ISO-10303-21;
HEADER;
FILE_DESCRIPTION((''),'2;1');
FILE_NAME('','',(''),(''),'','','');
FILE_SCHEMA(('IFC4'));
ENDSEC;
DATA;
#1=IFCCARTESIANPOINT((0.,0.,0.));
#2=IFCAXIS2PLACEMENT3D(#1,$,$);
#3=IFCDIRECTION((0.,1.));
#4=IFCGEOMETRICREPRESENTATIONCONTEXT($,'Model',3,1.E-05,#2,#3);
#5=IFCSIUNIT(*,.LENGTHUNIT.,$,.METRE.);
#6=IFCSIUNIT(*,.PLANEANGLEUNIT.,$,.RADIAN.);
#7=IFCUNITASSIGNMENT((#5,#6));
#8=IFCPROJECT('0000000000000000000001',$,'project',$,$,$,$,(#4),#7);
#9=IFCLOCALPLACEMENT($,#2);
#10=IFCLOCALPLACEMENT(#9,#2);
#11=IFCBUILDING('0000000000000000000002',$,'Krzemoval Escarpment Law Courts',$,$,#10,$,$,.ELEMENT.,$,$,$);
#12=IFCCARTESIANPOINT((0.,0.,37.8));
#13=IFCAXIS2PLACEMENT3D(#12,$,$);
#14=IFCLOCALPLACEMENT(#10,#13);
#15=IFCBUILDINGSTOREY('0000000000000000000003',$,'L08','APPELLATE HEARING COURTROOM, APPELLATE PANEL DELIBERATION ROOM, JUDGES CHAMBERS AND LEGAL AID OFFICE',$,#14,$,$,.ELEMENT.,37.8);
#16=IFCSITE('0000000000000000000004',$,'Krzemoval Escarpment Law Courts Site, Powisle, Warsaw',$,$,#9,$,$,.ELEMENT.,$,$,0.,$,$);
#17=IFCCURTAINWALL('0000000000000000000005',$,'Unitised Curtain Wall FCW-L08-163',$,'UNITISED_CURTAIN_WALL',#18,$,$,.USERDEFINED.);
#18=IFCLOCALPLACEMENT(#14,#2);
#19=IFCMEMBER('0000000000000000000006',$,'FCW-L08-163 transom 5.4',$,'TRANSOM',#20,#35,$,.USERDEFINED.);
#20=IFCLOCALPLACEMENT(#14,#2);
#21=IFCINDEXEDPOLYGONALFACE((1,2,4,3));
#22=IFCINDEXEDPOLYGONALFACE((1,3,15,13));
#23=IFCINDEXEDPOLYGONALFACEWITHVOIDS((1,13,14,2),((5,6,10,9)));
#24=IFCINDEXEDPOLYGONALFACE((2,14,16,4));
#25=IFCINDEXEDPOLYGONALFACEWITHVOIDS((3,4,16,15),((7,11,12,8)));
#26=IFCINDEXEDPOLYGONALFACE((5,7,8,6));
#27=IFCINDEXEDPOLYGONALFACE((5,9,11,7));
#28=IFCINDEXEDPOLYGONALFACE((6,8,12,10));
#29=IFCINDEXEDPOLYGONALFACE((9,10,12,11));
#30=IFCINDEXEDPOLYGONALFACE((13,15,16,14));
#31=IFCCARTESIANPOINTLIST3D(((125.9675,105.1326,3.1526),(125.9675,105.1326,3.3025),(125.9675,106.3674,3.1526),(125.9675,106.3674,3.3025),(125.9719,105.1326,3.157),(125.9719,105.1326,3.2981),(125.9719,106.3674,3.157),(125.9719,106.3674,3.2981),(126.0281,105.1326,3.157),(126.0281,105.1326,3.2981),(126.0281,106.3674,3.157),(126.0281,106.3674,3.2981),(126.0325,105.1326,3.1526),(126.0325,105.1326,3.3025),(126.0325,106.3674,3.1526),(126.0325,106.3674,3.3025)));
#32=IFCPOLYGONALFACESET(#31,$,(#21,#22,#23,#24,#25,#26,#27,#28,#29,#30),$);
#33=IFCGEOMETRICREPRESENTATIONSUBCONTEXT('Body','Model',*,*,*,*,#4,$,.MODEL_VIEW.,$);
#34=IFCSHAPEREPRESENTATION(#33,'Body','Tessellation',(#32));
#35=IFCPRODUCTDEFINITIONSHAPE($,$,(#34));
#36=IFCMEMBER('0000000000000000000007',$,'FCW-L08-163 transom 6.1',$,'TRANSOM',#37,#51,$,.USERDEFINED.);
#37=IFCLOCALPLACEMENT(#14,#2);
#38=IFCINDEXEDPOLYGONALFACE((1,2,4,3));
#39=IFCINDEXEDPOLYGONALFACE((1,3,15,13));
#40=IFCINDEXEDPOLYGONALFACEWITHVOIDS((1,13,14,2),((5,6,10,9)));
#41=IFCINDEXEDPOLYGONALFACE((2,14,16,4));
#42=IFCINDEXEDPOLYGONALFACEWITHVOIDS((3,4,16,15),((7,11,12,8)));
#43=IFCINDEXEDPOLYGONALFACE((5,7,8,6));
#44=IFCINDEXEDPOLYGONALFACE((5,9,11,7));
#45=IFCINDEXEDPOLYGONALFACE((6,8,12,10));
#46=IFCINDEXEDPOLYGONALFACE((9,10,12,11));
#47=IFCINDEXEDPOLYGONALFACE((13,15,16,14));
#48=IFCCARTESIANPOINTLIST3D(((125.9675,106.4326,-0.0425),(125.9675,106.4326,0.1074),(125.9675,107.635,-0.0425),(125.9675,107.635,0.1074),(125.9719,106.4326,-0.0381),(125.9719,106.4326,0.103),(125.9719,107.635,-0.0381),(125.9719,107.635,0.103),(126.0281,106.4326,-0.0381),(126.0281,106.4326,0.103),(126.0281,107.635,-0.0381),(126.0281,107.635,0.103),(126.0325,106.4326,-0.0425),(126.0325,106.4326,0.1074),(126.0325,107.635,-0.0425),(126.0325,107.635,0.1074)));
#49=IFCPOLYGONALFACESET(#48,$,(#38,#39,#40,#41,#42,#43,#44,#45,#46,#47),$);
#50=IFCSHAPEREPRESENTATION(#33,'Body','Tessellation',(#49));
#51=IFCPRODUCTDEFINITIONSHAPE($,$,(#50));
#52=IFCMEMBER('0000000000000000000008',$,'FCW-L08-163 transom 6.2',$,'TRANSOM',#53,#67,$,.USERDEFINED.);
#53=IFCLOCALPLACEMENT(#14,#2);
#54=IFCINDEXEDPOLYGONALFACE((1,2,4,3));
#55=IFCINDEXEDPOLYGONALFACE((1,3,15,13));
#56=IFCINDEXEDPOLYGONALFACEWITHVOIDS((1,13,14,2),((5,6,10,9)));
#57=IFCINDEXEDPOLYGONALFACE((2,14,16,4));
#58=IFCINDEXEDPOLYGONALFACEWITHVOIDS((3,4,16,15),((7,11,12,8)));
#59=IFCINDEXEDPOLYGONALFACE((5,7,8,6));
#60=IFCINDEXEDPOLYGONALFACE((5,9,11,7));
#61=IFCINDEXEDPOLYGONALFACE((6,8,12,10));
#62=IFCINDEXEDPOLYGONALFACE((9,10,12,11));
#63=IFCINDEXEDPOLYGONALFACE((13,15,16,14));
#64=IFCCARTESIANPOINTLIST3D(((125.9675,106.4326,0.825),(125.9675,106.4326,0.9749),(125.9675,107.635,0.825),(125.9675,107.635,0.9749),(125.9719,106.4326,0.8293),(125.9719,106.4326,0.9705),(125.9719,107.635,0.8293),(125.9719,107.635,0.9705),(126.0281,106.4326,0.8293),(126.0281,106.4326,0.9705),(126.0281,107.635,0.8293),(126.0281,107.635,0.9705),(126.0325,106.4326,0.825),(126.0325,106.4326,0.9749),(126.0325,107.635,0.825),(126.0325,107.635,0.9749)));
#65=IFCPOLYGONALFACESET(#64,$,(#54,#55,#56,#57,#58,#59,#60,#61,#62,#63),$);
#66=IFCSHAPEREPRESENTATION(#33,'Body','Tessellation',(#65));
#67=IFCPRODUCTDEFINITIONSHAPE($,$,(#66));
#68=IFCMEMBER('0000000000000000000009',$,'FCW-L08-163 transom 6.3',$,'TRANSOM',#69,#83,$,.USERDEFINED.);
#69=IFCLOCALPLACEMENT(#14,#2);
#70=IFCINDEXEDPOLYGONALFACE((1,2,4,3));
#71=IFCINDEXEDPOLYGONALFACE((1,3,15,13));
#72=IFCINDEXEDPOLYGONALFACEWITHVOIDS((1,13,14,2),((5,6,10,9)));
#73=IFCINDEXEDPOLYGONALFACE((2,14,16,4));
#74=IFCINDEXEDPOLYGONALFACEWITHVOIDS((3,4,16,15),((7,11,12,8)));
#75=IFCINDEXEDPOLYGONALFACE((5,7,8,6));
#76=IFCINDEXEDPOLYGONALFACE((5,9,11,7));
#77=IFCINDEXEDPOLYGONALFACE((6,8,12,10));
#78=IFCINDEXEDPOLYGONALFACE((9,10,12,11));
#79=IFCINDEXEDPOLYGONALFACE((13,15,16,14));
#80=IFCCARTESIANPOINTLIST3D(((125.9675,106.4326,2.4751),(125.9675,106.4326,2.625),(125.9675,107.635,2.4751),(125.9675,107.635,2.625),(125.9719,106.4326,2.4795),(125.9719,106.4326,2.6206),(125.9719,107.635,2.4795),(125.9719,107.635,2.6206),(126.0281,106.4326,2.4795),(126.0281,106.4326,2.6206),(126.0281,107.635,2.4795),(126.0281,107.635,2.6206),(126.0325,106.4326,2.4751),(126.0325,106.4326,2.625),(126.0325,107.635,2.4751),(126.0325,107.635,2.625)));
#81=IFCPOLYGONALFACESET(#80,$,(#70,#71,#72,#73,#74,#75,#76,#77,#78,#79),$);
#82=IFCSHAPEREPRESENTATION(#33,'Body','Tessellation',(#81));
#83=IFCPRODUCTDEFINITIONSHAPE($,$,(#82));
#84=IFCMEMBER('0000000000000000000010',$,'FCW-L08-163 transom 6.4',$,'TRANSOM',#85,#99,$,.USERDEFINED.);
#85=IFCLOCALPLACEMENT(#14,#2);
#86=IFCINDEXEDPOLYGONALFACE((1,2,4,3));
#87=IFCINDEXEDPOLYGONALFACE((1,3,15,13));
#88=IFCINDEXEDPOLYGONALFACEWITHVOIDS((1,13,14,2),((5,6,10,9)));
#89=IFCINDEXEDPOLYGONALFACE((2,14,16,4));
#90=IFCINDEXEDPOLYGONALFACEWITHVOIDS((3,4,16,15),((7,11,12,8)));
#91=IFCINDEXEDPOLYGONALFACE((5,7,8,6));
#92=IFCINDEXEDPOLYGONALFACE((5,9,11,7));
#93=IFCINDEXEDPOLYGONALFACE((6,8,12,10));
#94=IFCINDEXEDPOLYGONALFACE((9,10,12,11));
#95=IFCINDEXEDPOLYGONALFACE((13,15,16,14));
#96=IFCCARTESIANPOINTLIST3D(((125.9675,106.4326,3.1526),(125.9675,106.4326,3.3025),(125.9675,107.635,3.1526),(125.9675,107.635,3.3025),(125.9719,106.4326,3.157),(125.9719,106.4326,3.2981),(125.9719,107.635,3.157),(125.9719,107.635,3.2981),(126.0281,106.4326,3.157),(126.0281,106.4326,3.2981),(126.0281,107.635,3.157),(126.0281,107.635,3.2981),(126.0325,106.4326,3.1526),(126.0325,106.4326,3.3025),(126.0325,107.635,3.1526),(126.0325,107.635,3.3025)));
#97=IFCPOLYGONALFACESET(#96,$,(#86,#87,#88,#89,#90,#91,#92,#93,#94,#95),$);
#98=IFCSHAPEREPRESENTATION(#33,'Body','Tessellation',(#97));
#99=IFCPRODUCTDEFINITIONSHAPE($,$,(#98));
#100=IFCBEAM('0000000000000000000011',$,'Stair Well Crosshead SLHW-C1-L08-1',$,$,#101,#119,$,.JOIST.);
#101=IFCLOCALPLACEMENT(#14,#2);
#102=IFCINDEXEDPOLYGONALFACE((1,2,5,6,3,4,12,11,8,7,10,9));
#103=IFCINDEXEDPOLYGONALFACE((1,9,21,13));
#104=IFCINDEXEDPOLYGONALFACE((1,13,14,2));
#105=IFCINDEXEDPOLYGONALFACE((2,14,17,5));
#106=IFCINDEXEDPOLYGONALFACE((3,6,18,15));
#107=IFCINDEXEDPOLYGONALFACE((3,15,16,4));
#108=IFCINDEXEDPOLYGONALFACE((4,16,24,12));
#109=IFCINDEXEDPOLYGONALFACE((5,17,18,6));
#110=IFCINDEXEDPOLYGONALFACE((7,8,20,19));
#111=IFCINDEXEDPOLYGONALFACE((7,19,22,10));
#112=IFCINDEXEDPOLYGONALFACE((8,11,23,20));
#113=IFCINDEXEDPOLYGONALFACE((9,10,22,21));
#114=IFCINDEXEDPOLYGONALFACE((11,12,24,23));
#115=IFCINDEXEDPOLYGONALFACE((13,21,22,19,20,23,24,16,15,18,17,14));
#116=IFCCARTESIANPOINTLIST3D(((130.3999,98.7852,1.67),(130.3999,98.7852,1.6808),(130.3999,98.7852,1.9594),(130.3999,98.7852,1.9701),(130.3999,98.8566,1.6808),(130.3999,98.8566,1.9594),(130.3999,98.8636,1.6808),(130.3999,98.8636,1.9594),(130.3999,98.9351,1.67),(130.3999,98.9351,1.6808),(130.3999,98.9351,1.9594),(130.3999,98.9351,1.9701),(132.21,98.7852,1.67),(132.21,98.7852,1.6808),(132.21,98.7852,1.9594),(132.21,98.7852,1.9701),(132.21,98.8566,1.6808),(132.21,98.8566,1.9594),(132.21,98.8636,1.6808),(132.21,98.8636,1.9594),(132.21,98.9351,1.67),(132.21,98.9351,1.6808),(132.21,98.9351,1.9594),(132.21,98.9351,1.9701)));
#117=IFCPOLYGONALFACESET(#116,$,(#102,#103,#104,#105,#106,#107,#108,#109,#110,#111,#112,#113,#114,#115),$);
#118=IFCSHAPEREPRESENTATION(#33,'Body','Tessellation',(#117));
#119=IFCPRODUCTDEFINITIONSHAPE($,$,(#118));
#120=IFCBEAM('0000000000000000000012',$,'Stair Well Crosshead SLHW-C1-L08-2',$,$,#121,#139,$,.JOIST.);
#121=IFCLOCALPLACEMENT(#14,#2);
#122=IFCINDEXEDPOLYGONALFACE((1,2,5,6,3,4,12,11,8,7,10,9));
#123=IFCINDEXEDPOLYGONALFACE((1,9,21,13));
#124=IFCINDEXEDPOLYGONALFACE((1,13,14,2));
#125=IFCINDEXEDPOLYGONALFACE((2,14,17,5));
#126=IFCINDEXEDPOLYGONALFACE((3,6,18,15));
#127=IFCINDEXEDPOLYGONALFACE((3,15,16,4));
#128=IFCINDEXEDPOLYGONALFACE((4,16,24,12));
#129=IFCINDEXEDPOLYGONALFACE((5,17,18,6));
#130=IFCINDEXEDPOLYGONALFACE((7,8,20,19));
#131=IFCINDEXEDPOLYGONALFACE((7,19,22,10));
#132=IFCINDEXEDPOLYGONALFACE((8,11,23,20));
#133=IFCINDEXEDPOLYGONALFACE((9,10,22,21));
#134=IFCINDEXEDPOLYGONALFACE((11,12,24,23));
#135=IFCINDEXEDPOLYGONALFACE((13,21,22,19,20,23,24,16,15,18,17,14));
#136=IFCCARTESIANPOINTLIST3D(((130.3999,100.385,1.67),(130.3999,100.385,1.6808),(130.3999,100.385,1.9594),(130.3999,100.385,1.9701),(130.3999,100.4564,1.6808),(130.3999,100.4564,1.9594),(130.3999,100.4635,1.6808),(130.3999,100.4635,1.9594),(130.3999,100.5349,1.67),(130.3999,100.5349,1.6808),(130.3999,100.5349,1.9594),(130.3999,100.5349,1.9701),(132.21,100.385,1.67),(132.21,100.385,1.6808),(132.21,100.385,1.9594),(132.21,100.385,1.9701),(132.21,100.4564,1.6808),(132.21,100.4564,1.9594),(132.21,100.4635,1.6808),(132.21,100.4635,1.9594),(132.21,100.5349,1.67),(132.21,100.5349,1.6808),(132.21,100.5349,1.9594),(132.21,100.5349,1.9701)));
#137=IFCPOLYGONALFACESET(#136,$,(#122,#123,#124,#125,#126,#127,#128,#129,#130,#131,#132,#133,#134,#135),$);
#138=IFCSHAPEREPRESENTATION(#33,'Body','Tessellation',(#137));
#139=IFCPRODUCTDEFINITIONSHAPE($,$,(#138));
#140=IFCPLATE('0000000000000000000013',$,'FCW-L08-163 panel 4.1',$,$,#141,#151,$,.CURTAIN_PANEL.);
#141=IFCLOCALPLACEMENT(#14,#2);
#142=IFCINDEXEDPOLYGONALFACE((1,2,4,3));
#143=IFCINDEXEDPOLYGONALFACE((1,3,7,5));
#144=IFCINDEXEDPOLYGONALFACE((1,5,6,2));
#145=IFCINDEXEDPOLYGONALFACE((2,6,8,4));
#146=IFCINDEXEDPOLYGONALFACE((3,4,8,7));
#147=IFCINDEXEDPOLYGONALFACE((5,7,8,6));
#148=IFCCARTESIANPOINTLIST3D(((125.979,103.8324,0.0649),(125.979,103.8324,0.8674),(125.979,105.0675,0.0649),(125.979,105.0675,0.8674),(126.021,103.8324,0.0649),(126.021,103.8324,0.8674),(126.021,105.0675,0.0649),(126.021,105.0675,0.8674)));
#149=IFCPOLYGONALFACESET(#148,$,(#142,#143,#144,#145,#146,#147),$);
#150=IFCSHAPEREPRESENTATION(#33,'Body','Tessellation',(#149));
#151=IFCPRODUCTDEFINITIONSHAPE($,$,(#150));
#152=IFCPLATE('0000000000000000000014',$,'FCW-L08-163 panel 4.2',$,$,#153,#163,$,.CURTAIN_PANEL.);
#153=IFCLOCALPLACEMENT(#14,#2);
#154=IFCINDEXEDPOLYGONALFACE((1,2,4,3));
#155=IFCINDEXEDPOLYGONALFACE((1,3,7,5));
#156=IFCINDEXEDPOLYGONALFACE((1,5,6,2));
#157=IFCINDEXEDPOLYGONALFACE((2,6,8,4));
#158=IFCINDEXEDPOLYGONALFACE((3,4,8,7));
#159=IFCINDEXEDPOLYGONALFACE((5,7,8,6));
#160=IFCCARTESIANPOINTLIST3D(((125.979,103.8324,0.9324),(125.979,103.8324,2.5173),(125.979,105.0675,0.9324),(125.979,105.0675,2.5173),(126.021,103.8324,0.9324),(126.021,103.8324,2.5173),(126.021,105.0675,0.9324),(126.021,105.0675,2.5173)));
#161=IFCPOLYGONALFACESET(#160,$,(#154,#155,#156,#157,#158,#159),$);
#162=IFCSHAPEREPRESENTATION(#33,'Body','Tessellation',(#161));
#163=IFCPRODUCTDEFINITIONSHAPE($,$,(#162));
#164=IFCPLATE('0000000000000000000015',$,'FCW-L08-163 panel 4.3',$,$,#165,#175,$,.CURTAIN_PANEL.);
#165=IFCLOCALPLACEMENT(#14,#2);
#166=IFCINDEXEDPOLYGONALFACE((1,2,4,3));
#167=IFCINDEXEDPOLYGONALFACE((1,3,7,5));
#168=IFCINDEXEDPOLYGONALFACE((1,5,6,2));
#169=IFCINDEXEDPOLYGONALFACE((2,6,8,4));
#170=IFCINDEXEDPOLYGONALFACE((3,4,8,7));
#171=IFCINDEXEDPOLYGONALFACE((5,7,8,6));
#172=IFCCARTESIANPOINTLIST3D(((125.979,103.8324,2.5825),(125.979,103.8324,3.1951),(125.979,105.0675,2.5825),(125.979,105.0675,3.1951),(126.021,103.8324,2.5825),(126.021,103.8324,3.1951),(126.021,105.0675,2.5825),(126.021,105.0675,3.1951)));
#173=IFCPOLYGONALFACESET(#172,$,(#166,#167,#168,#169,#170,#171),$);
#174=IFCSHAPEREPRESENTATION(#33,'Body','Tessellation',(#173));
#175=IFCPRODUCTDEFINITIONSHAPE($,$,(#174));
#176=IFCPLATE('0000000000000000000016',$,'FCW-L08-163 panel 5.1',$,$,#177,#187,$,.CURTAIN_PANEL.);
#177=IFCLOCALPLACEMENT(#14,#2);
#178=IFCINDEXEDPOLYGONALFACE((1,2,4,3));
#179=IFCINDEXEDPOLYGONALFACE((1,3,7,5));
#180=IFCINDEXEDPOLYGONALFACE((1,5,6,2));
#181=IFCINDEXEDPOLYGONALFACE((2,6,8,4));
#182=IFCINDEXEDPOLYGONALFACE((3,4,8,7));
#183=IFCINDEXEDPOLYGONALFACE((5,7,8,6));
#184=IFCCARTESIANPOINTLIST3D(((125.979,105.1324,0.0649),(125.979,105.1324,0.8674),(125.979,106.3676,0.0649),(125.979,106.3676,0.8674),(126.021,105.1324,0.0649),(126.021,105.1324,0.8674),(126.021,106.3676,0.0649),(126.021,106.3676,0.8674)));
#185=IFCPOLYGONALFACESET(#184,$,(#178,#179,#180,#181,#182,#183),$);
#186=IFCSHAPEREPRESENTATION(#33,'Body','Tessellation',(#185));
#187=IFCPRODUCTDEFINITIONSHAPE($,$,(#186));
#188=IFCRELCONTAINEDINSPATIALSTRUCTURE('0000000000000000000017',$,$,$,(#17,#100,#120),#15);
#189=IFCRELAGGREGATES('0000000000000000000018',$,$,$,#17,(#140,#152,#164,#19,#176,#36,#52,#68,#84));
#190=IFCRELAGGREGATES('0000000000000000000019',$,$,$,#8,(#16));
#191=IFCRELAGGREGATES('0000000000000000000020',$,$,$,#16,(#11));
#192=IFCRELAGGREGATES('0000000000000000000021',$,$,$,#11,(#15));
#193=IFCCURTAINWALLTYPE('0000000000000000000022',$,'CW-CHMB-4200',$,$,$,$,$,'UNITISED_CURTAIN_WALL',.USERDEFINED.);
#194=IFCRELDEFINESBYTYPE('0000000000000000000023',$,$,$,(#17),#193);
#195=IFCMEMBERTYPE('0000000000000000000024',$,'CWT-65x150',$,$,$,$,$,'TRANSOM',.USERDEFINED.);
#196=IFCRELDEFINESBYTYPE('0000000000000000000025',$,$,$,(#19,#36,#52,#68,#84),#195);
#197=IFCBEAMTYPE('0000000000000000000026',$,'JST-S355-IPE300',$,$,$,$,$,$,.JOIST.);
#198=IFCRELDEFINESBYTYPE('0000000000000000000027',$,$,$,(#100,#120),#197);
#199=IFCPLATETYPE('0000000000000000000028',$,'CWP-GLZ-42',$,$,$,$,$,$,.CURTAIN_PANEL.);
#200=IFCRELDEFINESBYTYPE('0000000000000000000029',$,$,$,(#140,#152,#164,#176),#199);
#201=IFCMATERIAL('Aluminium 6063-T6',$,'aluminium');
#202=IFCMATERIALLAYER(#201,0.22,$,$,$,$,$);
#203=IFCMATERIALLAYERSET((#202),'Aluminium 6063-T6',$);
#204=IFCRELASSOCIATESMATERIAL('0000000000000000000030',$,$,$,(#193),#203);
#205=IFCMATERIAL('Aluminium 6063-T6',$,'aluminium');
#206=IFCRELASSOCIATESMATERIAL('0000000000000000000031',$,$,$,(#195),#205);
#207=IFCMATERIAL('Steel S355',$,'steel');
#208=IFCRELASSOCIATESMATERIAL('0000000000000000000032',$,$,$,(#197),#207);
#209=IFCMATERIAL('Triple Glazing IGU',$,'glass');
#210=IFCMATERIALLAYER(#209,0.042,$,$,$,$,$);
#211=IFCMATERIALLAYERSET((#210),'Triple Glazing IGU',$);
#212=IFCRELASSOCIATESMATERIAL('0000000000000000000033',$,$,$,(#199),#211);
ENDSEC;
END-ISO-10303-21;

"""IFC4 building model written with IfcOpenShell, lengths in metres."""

from ifc_helpers import new_model, si_unit, direction, frame, origin, origin_2d, place, context, subcontext, project, spatial, rectangle, hollow_rectangle, i_section, extrude, material, layer, layer_set, material_profile, profile_set, type_object, element, aggregate, save


model = new_model("IFC4")

# Units and contexts
model_context = context("Model", 3, precision=1e-05, world=origin(), true_north=direction((0.0, 1.0)))
body_context = subcontext(model_context, "Body", "Model", "MODEL_VIEW")
ifc_project = project(units=[si_unit("LENGTHUNIT", "METRE"), si_unit("PLANEANGLEUNIT", "RADIAN")], contexts=[model_context])

# Site, building, storey
site_placement = place(None, origin())
site = spatial("IfcSite", under=ifc_project, at=site_placement, Name="Krzemoval Escarpment Law Courts Site, Powisle, Warsaw", CompositionType="ELEMENT", RefElevation=0.0)
building_placement = place(site_placement, origin())
building = spatial("IfcBuilding", under=site, at=building_placement, Name="Krzemoval Escarpment Law Courts", CompositionType="ELEMENT")
storey_placement = place(building_placement, frame((0.0, 0.0, 37.8)))
storey = spatial("IfcBuildingStorey", under=building, at=storey_placement, Name="L08", Description="APPELLATE HEARING COURTROOM, APPELLATE PANEL DELIBERATION ROOM, JUDGES CHAMBERS AND LEGAL AID OFFICE", CompositionType="ELEMENT", Elevation=37.8)

# Curtain wall, members
ifc_material_1 = material(Name="Aluminium 6063-T6", Category="aluminium")
ifc_layer_1 = layer(ifc_material_1, 0.22)
ifc_layer_set_1 = layer_set([ifc_layer_1], Name="Aluminium 6063-T6")
curtain_wall_type = type_object("IfcCurtainWallType", Name="CW-CHMB-4200", ElementType="UNITISED_CURTAIN_WALL", PredefinedType="USERDEFINED", material=ifc_layer_set_1)
curtain_wall_placement = place(storey_placement, origin())
curtain_wall = element("IfcCurtainWall", 1, at=curtain_wall_placement, inside=storey, type_object=curtain_wall_type, Name="Unitised Curtain Wall FCW-L08-163", ObjectType="UNITISED_CURTAIN_WALL", PredefinedType="USERDEFINED")
ifc_material_2 = material(Name="Aluminium 6063-T6", Category="aluminium")
ifc_material_profile_1 = material_profile(ifc_material_2, hollow_rectangle(XDim=0.0649, YDim=0.1499, WallThickness=0.0044, at=origin_2d()), Name="ALU T65x150")
ifc_profile_set_1 = profile_set([ifc_material_profile_1], Name="Aluminium 6063-T6")
member_type = type_object("IfcMemberType", Name="CWT-65x150", ElementType="TRANSOM", PredefinedType="USERDEFINED", material=ifc_profile_set_1)
member_1_placement = place(storey_placement, frame((126.0, 105.1326, 3.2275), z_axis=(0.0, 1.0, 0.0), x_axis=(-1.0, 0.0, 0.0)))
member_1 = element("IfcMember", 2, at=member_1_placement, type_object=member_type, Name="FCW-L08-163 transom 5.4", ObjectType="TRANSOM", PredefinedType="USERDEFINED", context=body_context, shape_type="SweptSolid", body=[
    extrude(hollow_rectangle(XDim=0.0649, YDim=0.1499, WallThickness=0.0044, at=origin_2d()), origin(), (0.0, 0.0, 1.0), 1.2349),
])
member_2_placement = place(storey_placement, frame((126.0, 106.4326, 0.0325), z_axis=(0.0, 1.0, 0.0), x_axis=(-1.0, 0.0, 0.0)))
member_2 = element("IfcMember", 3, at=member_2_placement, type_object=member_type, Name="FCW-L08-163 transom 6.1", ObjectType="TRANSOM", PredefinedType="USERDEFINED", context=body_context, shape_type="SweptSolid", body=[
    extrude(hollow_rectangle(XDim=0.0649, YDim=0.1499, WallThickness=0.0044, at=origin_2d()), origin(), (0.0, 0.0, 1.0), 1.2024),
])
member_3_placement = place(storey_placement, frame((126.0, 106.4326, 0.8999), z_axis=(0.0, 1.0, 0.0), x_axis=(-1.0, 0.0, 0.0)))
member_3 = element("IfcMember", 4, at=member_3_placement, type_object=member_type, Name="FCW-L08-163 transom 6.2", ObjectType="TRANSOM", PredefinedType="USERDEFINED", context=body_context, shape_type="SweptSolid", body=[
    extrude(hollow_rectangle(XDim=0.0649, YDim=0.1499, WallThickness=0.0044, at=origin_2d()), origin(), (0.0, 0.0, 1.0), 1.2024),
])
member_4_placement = place(storey_placement, frame((126.0, 106.4326, 2.55), z_axis=(0.0, 1.0, 0.0), x_axis=(-1.0, 0.0, 0.0)))
member_4 = element("IfcMember", 5, at=member_4_placement, type_object=member_type, Name="FCW-L08-163 transom 6.3", ObjectType="TRANSOM", PredefinedType="USERDEFINED", context=body_context, shape_type="SweptSolid", body=[
    extrude(hollow_rectangle(XDim=0.0649, YDim=0.1499, WallThickness=0.0044, at=origin_2d()), origin(), (0.0, 0.0, 1.0), 1.2024),
])
member_5_placement = place(storey_placement, frame((126.0, 106.4326, 3.2275), z_axis=(0.0, 1.0, 0.0), x_axis=(-1.0, 0.0, 0.0)))
member_5 = element("IfcMember", 6, at=member_5_placement, type_object=member_type, Name="FCW-L08-163 transom 6.4", ObjectType="TRANSOM", PredefinedType="USERDEFINED", context=body_context, shape_type="SweptSolid", body=[
    extrude(hollow_rectangle(XDim=0.0649, YDim=0.1499, WallThickness=0.0044, at=origin_2d()), origin(), (0.0, 0.0, 1.0), 1.2024),
])

# Beams
ifc_material_3 = material(Name="Steel S355", Category="steel")
ifc_material_profile_2 = material_profile(ifc_material_3, i_section(OverallWidth=0.1499, OverallDepth=0.3, WebThickness=0.0071, FlangeThickness=0.0107, at=origin_2d()), Name="IPE 300")
ifc_profile_set_2 = profile_set([ifc_material_profile_2], Name="Steel S355")
beam_type = type_object("IfcBeamType", Name="JST-S355-IPE300", PredefinedType="JOIST", material=ifc_profile_set_2)
for number, where, z_axis, x_axis, name in (
    (7, (130.3999, 98.8601, 1.8201), (1.0, 0.0, 0.0), (0.0, 1.0, 0.0), "Stair Well Crosshead SLHW-C1-L08-1"),
    (8, (130.3999, 100.46, 1.8201), (1.0, 0.0, 0.0), (0.0, 1.0, 0.0), "Stair Well Crosshead SLHW-C1-L08-2"),
):
    element("IfcBeam", number, at=place(storey_placement, frame(where, z_axis=z_axis, x_axis=x_axis)), inside=storey, type_object=beam_type, Name=name, PredefinedType="JOIST", context=body_context, shape_type="SweptSolid", body=[
        extrude(i_section(OverallWidth=0.1499, OverallDepth=0.3, WebThickness=0.0071, FlangeThickness=0.0107, at=origin_2d()), origin(), (0.0, 0.0, 1.0), 1.8101),
    ])

# Plates
ifc_material_4 = material(Name="Triple Glazing IGU", Category="glass")
ifc_layer_2 = layer(ifc_material_4, 0.042)
ifc_layer_set_2 = layer_set([ifc_layer_2], Name="Triple Glazing IGU")
plate_type_1 = type_object("IfcPlateType", Name="CWP-GLZ-42", PredefinedType="CURTAIN_PANEL", material=ifc_layer_set_2)
plate_1_placement = place(storey_placement, frame((126.0, 104.45, 0.0649), z_axis=(0.0, 0.0, 1.0), x_axis=(0.0, 1.0, 0.0)))
plate_1 = element("IfcPlate", 9, at=plate_1_placement, type_object=plate_type_1, Name="FCW-L08-163 panel 4.1", PredefinedType="CURTAIN_PANEL", context=body_context, shape_type="SweptSolid", body=[
    extrude(rectangle(XDim=1.2351, YDim=0.042, at=origin_2d()), origin(), (0.0, 0.0, 1.0), 0.8025),
])
plate_2_placement = place(storey_placement, frame((126.0, 104.45, 0.9324), z_axis=(0.0, 0.0, 1.0), x_axis=(0.0, 1.0, 0.0)))
plate_2 = element("IfcPlate", 10, at=plate_2_placement, type_object=plate_type_1, Name="FCW-L08-163 panel 4.2", PredefinedType="CURTAIN_PANEL", context=body_context, shape_type="SweptSolid", body=[
    extrude(rectangle(XDim=1.2351, YDim=0.042, at=origin_2d()), origin(), (0.0, 0.0, 1.0), 1.585),
])
plate_3_placement = place(storey_placement, frame((126.0, 104.45, 2.5825), z_axis=(0.0, 0.0, 1.0), x_axis=(0.0, 1.0, 0.0)))
plate_3 = element("IfcPlate", 11, at=plate_3_placement, type_object=plate_type_1, Name="FCW-L08-163 panel 4.3", PredefinedType="CURTAIN_PANEL", context=body_context, shape_type="SweptSolid", body=[
    extrude(rectangle(XDim=1.2351, YDim=0.042, at=origin_2d()), origin(), (0.0, 0.0, 1.0), 0.6125),
])
plate_4_placement = place(storey_placement, frame((126.0, 105.75, 0.0649), z_axis=(0.0, 0.0, 1.0), x_axis=(0.0, 1.0, 0.0)))
plate_4 = element("IfcPlate", 12, at=plate_4_placement, type_object=plate_type_1, Name="FCW-L08-163 panel 5.1", PredefinedType="CURTAIN_PANEL", context=body_context, shape_type="SweptSolid", body=[
    extrude(rectangle(XDim=1.2351, YDim=0.042, at=origin_2d()), origin(), (0.0, 0.0, 1.0), 0.8025),
])
aggregate(curtain_wall, [plate_1, plate_2, plate_3, member_1, plate_4, member_2, member_3, member_4, member_5])

save(model, "model.ifc")
